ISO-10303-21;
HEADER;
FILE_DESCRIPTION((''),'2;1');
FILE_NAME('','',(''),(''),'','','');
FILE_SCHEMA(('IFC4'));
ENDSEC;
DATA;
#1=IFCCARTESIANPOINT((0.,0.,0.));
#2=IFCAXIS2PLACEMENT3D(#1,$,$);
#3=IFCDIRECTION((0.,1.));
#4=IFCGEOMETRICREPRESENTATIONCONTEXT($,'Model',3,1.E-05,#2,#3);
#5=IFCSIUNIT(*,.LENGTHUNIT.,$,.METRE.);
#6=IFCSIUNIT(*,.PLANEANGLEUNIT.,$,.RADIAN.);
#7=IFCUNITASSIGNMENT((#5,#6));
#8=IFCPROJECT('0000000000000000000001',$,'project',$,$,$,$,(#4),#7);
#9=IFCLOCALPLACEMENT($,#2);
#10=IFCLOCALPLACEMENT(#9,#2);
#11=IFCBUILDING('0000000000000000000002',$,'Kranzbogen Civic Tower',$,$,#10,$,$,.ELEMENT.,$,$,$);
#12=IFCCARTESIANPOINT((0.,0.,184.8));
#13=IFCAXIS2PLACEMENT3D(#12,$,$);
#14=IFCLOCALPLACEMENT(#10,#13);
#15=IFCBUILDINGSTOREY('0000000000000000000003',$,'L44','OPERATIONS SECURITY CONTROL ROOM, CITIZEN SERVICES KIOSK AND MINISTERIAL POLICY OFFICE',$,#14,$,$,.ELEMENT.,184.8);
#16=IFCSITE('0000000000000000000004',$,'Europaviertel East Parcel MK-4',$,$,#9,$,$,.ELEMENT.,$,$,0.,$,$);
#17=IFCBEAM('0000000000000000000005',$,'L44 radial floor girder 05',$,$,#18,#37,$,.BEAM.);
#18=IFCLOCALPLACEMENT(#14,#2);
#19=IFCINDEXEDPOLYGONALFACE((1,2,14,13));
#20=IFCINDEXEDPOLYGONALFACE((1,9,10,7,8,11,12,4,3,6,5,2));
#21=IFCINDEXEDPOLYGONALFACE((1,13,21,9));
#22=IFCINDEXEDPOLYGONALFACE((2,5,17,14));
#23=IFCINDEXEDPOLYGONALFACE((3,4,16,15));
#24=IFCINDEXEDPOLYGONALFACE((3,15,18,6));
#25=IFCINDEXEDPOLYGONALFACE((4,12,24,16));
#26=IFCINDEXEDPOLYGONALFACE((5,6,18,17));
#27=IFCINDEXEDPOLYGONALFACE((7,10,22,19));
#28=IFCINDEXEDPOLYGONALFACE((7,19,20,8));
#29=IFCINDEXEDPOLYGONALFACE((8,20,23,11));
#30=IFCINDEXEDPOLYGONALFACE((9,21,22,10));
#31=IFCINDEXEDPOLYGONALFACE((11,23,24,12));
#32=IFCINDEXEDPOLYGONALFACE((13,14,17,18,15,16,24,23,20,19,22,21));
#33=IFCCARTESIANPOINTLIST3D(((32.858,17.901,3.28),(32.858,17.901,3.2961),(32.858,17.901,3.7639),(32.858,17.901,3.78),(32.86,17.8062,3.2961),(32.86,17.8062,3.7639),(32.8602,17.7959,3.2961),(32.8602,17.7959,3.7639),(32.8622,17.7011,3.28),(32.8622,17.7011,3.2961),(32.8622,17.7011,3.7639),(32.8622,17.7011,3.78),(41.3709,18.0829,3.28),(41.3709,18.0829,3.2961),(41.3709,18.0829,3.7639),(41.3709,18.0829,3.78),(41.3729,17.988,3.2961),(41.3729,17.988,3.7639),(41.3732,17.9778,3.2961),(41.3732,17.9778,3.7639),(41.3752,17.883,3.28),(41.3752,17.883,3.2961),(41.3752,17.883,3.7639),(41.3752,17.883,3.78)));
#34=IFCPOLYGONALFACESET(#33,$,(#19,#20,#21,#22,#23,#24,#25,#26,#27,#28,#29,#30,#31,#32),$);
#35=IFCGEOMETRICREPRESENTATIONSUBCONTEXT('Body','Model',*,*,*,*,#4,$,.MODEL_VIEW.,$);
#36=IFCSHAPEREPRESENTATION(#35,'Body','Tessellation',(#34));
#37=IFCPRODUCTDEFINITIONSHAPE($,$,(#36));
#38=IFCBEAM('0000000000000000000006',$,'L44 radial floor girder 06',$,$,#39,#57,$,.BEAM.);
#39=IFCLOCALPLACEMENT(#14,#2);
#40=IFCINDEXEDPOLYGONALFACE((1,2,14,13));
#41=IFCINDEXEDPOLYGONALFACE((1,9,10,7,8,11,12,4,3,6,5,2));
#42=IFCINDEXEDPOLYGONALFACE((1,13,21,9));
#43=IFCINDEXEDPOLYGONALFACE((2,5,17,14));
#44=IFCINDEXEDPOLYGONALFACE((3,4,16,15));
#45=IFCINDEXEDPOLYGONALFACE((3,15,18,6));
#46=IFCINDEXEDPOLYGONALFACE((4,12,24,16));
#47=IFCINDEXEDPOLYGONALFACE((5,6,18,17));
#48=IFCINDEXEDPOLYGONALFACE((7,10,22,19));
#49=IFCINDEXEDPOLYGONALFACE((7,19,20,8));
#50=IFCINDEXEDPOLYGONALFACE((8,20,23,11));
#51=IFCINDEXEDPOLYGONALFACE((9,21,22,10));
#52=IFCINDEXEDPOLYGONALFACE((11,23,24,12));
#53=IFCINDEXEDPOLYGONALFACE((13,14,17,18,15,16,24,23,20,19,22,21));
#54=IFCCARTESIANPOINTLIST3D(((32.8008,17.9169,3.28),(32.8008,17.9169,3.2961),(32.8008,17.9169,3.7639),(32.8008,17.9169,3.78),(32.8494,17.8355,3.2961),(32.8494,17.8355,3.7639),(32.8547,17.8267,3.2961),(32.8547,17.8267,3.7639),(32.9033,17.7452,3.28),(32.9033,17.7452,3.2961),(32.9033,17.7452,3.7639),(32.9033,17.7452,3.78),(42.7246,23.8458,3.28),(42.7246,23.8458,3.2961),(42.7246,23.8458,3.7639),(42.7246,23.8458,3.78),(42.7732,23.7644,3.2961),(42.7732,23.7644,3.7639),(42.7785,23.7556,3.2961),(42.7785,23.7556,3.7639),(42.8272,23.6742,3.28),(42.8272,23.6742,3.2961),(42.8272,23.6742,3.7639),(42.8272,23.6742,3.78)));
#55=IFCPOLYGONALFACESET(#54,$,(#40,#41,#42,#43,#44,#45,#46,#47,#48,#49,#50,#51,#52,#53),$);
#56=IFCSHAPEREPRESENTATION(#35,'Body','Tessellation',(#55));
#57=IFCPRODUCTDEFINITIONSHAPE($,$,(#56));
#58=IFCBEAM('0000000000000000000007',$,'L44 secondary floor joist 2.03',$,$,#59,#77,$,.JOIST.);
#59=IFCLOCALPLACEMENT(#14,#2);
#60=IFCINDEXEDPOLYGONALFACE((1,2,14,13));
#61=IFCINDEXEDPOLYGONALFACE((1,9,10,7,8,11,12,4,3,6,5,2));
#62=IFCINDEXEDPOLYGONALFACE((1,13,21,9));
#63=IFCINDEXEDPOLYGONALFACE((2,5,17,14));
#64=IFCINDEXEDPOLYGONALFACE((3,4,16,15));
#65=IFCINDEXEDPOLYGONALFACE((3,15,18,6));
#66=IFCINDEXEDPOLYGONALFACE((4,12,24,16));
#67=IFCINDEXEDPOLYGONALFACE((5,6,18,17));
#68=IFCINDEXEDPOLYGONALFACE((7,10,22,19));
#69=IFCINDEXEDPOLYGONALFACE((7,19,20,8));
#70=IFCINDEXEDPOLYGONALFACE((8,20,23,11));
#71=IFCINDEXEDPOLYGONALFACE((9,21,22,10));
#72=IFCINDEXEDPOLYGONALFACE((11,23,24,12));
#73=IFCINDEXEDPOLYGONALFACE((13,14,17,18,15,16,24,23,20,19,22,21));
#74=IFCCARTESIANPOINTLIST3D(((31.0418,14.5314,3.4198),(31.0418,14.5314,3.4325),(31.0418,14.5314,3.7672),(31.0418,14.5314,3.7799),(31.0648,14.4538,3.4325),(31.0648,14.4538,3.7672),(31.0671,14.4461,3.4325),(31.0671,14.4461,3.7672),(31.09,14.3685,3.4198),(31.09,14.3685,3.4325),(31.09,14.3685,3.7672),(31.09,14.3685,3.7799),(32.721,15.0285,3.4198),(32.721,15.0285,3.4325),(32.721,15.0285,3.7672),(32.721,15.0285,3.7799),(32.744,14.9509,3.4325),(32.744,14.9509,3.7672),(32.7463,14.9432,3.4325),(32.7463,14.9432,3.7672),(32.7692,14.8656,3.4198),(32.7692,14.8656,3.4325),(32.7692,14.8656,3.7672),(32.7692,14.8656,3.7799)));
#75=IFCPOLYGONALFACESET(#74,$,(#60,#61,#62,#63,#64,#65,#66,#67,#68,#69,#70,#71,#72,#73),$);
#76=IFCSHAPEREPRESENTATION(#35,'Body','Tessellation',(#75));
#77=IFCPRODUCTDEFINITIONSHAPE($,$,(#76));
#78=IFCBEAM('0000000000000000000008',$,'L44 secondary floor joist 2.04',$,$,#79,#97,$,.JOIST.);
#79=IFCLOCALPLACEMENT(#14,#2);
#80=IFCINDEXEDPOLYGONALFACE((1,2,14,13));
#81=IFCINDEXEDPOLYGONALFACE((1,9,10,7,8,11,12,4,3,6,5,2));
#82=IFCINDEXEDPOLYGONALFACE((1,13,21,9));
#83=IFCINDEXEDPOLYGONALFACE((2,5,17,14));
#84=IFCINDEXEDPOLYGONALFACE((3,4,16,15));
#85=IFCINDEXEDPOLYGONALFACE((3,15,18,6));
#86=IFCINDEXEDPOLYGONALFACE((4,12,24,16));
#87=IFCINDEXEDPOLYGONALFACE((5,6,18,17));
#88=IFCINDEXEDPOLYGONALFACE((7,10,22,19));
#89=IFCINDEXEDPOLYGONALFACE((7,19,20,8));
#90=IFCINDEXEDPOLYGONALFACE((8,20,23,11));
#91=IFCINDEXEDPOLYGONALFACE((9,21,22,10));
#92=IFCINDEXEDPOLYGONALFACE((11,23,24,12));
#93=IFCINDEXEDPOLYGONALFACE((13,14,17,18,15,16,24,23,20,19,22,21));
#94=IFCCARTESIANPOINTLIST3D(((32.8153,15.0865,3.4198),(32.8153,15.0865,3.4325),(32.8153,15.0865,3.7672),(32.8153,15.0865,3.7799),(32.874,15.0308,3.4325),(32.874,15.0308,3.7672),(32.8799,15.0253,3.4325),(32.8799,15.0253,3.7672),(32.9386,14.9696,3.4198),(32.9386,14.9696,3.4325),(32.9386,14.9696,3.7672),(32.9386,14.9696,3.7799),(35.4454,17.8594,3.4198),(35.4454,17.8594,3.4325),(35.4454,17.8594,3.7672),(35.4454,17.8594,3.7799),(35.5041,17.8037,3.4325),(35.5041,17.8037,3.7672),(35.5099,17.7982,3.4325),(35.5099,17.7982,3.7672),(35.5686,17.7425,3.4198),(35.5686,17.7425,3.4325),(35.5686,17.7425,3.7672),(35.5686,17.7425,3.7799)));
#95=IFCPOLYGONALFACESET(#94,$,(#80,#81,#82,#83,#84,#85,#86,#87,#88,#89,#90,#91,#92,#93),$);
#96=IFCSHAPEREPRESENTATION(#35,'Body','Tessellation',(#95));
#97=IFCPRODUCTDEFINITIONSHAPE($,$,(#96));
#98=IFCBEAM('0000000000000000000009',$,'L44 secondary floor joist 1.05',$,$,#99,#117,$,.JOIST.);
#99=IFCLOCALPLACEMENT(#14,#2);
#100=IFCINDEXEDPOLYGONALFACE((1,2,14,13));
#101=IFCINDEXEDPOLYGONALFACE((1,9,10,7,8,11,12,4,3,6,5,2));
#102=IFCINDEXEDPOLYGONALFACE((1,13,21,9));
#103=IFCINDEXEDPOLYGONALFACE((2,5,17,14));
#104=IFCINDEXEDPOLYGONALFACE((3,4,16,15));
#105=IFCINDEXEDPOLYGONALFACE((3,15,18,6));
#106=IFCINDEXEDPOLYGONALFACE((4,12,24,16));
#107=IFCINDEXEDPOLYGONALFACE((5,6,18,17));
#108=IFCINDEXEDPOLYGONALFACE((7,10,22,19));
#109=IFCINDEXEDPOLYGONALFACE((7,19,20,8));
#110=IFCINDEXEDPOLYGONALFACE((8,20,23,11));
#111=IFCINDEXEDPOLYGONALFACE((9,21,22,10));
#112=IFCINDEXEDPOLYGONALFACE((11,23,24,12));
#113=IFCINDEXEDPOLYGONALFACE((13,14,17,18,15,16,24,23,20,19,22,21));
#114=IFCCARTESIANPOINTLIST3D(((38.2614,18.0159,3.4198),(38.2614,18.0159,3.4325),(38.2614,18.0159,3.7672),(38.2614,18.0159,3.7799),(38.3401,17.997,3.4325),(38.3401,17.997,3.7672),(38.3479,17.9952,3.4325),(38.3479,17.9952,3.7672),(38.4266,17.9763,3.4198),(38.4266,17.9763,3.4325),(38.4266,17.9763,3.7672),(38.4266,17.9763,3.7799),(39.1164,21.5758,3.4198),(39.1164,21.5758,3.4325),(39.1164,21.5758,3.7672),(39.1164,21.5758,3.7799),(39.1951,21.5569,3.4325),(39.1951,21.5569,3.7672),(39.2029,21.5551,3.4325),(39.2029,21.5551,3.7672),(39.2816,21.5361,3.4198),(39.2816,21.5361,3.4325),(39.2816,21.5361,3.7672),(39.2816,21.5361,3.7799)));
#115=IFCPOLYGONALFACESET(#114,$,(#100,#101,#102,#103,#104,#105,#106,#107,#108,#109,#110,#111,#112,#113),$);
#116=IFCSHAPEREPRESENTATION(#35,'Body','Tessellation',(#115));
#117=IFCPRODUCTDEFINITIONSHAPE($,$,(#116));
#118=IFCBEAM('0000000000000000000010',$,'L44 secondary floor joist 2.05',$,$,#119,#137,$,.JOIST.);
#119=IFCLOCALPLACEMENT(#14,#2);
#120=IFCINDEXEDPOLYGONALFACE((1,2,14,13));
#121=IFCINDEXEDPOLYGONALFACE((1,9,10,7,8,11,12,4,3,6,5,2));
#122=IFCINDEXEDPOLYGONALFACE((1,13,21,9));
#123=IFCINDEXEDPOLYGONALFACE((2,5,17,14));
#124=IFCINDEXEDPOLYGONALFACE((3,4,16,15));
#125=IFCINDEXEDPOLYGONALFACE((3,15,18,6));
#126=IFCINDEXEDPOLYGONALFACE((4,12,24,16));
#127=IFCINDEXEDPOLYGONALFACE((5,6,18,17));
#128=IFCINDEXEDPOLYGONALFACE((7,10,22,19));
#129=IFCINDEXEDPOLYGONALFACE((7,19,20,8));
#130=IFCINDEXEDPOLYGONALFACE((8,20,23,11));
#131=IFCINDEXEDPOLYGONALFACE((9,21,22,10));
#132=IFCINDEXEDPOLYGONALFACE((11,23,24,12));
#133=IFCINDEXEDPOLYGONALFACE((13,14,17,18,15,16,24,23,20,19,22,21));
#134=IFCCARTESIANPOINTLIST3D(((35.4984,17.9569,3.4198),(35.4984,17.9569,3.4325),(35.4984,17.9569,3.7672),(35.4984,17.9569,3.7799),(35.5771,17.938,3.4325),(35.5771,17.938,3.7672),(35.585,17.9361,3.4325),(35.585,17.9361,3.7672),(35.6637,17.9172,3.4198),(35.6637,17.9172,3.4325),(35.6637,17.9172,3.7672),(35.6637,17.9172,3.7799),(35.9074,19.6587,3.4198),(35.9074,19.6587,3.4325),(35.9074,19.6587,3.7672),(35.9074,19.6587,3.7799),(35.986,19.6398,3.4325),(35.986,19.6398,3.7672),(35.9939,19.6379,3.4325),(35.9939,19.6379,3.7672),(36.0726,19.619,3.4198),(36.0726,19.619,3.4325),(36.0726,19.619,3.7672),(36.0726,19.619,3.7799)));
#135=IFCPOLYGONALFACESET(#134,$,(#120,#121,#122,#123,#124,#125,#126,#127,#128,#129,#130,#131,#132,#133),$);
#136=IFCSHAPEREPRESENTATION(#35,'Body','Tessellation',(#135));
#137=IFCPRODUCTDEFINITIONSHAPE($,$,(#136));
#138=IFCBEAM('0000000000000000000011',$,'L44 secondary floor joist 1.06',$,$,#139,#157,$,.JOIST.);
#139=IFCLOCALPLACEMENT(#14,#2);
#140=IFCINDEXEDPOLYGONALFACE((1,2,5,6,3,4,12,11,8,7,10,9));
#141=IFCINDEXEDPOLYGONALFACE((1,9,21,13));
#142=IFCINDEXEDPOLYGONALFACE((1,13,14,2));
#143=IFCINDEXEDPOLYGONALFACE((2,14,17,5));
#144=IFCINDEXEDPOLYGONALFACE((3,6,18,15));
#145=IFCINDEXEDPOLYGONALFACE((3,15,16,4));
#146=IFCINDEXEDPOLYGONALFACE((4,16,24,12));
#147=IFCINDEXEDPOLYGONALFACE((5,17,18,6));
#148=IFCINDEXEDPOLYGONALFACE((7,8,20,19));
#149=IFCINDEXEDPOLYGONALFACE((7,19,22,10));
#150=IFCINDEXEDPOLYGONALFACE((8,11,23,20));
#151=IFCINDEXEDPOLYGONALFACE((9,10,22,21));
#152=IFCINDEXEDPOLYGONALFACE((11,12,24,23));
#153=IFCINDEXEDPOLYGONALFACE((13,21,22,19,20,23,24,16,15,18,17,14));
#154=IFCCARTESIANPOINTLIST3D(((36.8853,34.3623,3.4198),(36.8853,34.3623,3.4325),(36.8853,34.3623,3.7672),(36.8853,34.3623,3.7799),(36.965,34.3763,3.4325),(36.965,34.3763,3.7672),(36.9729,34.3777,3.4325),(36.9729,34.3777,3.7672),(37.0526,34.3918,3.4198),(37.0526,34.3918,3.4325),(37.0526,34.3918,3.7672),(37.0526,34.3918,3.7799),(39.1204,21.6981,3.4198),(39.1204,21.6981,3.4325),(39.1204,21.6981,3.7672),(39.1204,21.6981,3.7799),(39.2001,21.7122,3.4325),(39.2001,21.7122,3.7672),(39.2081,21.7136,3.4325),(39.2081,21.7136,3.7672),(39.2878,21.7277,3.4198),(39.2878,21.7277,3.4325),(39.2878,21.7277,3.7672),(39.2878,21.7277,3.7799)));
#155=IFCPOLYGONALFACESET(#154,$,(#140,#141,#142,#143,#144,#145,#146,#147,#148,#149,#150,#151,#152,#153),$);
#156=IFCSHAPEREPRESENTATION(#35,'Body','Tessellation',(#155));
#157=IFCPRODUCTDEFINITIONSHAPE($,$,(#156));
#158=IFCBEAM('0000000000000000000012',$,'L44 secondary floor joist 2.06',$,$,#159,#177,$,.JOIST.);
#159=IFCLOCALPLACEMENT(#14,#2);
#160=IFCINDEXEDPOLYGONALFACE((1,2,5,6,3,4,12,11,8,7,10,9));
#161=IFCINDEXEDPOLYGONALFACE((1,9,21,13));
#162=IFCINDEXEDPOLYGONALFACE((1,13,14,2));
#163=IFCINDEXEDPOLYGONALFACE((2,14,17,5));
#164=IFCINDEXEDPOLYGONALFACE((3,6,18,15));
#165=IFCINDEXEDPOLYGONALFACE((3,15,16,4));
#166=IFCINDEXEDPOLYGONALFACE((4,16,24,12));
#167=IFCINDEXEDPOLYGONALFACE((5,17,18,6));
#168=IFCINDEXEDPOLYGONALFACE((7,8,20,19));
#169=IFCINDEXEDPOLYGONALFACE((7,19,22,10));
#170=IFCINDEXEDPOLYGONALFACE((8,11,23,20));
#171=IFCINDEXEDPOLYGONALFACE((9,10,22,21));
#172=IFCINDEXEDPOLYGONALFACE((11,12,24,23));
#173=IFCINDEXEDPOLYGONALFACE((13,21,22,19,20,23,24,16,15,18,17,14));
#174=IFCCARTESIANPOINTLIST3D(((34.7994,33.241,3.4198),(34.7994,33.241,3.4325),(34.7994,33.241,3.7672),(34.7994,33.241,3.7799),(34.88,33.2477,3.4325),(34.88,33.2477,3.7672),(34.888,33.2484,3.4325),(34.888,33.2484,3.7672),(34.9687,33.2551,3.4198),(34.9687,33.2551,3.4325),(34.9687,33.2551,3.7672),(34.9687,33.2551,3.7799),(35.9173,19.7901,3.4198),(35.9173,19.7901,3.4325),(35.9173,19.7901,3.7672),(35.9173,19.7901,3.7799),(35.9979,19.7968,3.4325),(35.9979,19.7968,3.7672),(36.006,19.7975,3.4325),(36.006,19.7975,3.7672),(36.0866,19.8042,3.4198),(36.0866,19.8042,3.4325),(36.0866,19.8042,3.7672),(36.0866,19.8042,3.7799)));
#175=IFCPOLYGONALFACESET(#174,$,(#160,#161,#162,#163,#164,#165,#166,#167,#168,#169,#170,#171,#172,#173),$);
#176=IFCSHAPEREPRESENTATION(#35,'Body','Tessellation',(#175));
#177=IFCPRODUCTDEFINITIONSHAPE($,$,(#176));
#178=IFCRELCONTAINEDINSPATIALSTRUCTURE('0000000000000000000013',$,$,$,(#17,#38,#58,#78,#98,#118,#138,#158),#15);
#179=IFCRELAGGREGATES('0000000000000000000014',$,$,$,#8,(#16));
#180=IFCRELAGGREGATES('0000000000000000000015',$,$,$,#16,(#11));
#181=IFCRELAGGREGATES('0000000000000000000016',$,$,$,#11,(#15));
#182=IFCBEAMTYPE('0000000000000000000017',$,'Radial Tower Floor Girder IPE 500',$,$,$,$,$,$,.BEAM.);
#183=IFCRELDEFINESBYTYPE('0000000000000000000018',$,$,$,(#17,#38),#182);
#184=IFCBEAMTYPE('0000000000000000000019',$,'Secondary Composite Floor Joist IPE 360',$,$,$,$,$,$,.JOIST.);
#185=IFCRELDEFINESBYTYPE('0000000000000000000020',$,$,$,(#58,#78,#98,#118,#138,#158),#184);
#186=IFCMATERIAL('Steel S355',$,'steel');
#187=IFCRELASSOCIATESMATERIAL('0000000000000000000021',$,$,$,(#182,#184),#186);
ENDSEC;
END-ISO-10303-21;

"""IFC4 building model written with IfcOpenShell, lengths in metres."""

from ifc_helpers import new_model, si_unit, direction, frame, origin, origin_2d, place, context, subcontext, project, spatial, i_section, extrude, material, material_profile, profile_set, type_object, element, save


model = new_model("IFC4")

# Units and contexts
model_context = context("Model", 3, precision=1e-05, world=origin(), true_north=direction((0.0, 1.0)))
body_context = subcontext(model_context, "Body", "Model", "MODEL_VIEW")
ifc_project = project(units=[si_unit("LENGTHUNIT", "METRE"), si_unit("PLANEANGLEUNIT", "RADIAN")], contexts=[model_context])

# Site, building, storey
site_placement = place(None, origin())
site = spatial("IfcSite", under=ifc_project, at=site_placement, Name="Europaviertel East Parcel MK-4", CompositionType="ELEMENT", RefElevation=0.0)
building_placement = place(site_placement, origin())
building = spatial("IfcBuilding", under=site, at=building_placement, Name="Kranzbogen Civic Tower", CompositionType="ELEMENT")
storey_placement = place(building_placement, frame((0.0, 0.0, 184.8)))
storey = spatial("IfcBuildingStorey", under=building, at=storey_placement, Name="L44", Description="OPERATIONS SECURITY CONTROL ROOM, CITIZEN SERVICES KIOSK AND MINISTERIAL POLICY OFFICE", CompositionType="ELEMENT", Elevation=184.8)

# Shared definitions
ifc_material_1 = material(Name="Steel S355", Category="steel")

# Beams
ifc_material_profile_1 = material_profile(ifc_material_1, i_section(OverallWidth=0.2, OverallDepth=0.5, WebThickness=0.0103, FlangeThickness=0.0161, at=origin_2d()), Name="IPE 500")
ifc_profile_set_1 = profile_set([ifc_material_profile_1], Name="Steel S355")
beam_type_1 = type_object("IfcBeamType", Name="Radial Tower Floor Girder IPE 500", PredefinedType="BEAM", material=ifc_profile_set_1)
beam_1_placement = place(storey_placement, frame((41.373, 17.9829, 3.53), z_axis=(-0.999772, -0.021361, 0.0), x_axis=(0.021361, -0.999772, 0.0)))
element("IfcBeam", 1, at=beam_1_placement, inside=storey, type_object=beam_type_1, Name="L44 radial floor girder 05", PredefinedType="BEAM", context=body_context, shape_type="SweptSolid", body=[
    extrude(i_section(OverallWidth=0.2, OverallDepth=0.5, WebThickness=0.0103, FlangeThickness=0.0161, at=origin_2d()), origin(), (0.0, 0.0, 1.0), 8.5149),
])
beam_2_placement = place(storey_placement, frame((42.7759, 23.76, 3.53), z_axis=(-0.858459, -0.512883, 0.0), x_axis=(0.512883, -0.858459, 0.0)))
element("IfcBeam", 2, at=beam_2_placement, inside=storey, type_object=beam_type_1, Name="L44 radial floor girder 06", PredefinedType="BEAM", context=body_context, shape_type="SweptSolid", body=[
    extrude(i_section(OverallWidth=0.2, OverallDepth=0.5, WebThickness=0.0103, FlangeThickness=0.0161, at=origin_2d()), origin(), (0.0, 0.0, 1.0), 11.5601),
])
ifc_material_profile_2 = material_profile(ifc_material_1, i_section(OverallWidth=0.1699, OverallDepth=0.3601, WebThickness=0.0081, FlangeThickness=0.0127, at=origin_2d()), Name="IPE 360")
ifc_profile_set_2 = profile_set([ifc_material_profile_2], Name="Steel S355")
beam_type_2 = type_object("IfcBeamType", Name="Secondary Composite Floor Joist IPE 360", PredefinedType="JOIST", material=ifc_profile_set_2)
beam_3_placement = place(storey_placement, frame((31.0659, 14.45, 3.5999), z_axis=(0.958871, 0.283841, 0.0), x_axis=(-0.283841, 0.958871, 0.0)))
element("IfcBeam", 3, at=beam_3_placement, inside=storey, type_object=beam_type_2, Name="L44 secondary floor joist 2.03", PredefinedType="JOIST", context=body_context, shape_type="SweptSolid", body=[
    extrude(i_section(OverallWidth=0.1699, OverallDepth=0.3601, WebThickness=0.0081, FlangeThickness=0.0127, at=origin_2d()), origin(), (0.0, 0.0, 1.0), 1.7512),
])
beam_4_placement = place(storey_placement, frame((32.877, 15.0281, 3.5999), z_axis=(0.688175, 0.725545, 0.0), x_axis=(-0.725545, 0.688175, 0.0)))
element("IfcBeam", 4, at=beam_4_placement, inside=storey, type_object=beam_type_2, Name="L44 secondary floor joist 2.04", PredefinedType="JOIST", context=body_context, shape_type="SweptSolid", body=[
    extrude(i_section(OverallWidth=0.1699, OverallDepth=0.3601, WebThickness=0.0081, FlangeThickness=0.0127, at=origin_2d()), origin(), (0.0, 0.0, 1.0), 3.8218),
])
beam_5_placement = place(storey_placement, frame((38.344, 17.9961, 3.5999), z_axis=(0.233534, 0.972349, 0.0), x_axis=(-0.972349, 0.233534, 0.0)))
element("IfcBeam", 5, at=beam_5_placement, inside=storey, type_object=beam_type_2, Name="L44 secondary floor joist 1.05", PredefinedType="JOIST", context=body_context, shape_type="SweptSolid", body=[
    extrude(i_section(OverallWidth=0.1699, OverallDepth=0.3601, WebThickness=0.0081, FlangeThickness=0.0127, at=origin_2d()), origin(), (0.0, 0.0, 1.0), 3.6611),
])
beam_6_placement = place(storey_placement, frame((35.5811, 17.937, 3.5999), z_axis=(0.233631, 0.972325, 0.0), x_axis=(-0.972325, 0.233631, 0.0)))
element("IfcBeam", 6, at=beam_6_placement, inside=storey, type_object=beam_type_2, Name="L44 secondary floor joist 2.05", PredefinedType="JOIST", context=body_context, shape_type="SweptSolid", body=[
    extrude(i_section(OverallWidth=0.1699, OverallDepth=0.3601, WebThickness=0.0081, FlangeThickness=0.0127, at=origin_2d()), origin(), (0.0, 0.0, 1.0), 1.7502),
])
beam_7_placement = place(storey_placement, frame((39.2041, 21.7129, 3.5999), z_axis=(-0.173806, 0.98478, 0.0), x_axis=(-0.98478, -0.173806, 0.0)))
element("IfcBeam", 7, at=beam_7_placement, inside=storey, type_object=beam_type_2, Name="L44 secondary floor joist 1.06", PredefinedType="JOIST", context=body_context, shape_type="SweptSolid", body=[
    extrude(i_section(OverallWidth=0.1699, OverallDepth=0.3601, WebThickness=0.0081, FlangeThickness=0.0127, at=origin_2d()), origin(), (0.0, 0.0, 1.0), 12.8599),
])
beam_8_placement = place(storey_placement, frame((36.002, 19.7971, 3.5999), z_axis=(-0.082825, 0.996564, 0.0), x_axis=(-0.996564, -0.082825, 0.0)))
element("IfcBeam", 8, at=beam_8_placement, inside=storey, type_object=beam_type_2, Name="L44 secondary floor joist 2.06", PredefinedType="JOIST", context=body_context, shape_type="SweptSolid", body=[
    extrude(i_section(OverallWidth=0.1699, OverallDepth=0.3601, WebThickness=0.0081, FlangeThickness=0.0127, at=origin_2d()), origin(), (0.0, 0.0, 1.0), 13.4973),
])

save(model, "model.ifc")
